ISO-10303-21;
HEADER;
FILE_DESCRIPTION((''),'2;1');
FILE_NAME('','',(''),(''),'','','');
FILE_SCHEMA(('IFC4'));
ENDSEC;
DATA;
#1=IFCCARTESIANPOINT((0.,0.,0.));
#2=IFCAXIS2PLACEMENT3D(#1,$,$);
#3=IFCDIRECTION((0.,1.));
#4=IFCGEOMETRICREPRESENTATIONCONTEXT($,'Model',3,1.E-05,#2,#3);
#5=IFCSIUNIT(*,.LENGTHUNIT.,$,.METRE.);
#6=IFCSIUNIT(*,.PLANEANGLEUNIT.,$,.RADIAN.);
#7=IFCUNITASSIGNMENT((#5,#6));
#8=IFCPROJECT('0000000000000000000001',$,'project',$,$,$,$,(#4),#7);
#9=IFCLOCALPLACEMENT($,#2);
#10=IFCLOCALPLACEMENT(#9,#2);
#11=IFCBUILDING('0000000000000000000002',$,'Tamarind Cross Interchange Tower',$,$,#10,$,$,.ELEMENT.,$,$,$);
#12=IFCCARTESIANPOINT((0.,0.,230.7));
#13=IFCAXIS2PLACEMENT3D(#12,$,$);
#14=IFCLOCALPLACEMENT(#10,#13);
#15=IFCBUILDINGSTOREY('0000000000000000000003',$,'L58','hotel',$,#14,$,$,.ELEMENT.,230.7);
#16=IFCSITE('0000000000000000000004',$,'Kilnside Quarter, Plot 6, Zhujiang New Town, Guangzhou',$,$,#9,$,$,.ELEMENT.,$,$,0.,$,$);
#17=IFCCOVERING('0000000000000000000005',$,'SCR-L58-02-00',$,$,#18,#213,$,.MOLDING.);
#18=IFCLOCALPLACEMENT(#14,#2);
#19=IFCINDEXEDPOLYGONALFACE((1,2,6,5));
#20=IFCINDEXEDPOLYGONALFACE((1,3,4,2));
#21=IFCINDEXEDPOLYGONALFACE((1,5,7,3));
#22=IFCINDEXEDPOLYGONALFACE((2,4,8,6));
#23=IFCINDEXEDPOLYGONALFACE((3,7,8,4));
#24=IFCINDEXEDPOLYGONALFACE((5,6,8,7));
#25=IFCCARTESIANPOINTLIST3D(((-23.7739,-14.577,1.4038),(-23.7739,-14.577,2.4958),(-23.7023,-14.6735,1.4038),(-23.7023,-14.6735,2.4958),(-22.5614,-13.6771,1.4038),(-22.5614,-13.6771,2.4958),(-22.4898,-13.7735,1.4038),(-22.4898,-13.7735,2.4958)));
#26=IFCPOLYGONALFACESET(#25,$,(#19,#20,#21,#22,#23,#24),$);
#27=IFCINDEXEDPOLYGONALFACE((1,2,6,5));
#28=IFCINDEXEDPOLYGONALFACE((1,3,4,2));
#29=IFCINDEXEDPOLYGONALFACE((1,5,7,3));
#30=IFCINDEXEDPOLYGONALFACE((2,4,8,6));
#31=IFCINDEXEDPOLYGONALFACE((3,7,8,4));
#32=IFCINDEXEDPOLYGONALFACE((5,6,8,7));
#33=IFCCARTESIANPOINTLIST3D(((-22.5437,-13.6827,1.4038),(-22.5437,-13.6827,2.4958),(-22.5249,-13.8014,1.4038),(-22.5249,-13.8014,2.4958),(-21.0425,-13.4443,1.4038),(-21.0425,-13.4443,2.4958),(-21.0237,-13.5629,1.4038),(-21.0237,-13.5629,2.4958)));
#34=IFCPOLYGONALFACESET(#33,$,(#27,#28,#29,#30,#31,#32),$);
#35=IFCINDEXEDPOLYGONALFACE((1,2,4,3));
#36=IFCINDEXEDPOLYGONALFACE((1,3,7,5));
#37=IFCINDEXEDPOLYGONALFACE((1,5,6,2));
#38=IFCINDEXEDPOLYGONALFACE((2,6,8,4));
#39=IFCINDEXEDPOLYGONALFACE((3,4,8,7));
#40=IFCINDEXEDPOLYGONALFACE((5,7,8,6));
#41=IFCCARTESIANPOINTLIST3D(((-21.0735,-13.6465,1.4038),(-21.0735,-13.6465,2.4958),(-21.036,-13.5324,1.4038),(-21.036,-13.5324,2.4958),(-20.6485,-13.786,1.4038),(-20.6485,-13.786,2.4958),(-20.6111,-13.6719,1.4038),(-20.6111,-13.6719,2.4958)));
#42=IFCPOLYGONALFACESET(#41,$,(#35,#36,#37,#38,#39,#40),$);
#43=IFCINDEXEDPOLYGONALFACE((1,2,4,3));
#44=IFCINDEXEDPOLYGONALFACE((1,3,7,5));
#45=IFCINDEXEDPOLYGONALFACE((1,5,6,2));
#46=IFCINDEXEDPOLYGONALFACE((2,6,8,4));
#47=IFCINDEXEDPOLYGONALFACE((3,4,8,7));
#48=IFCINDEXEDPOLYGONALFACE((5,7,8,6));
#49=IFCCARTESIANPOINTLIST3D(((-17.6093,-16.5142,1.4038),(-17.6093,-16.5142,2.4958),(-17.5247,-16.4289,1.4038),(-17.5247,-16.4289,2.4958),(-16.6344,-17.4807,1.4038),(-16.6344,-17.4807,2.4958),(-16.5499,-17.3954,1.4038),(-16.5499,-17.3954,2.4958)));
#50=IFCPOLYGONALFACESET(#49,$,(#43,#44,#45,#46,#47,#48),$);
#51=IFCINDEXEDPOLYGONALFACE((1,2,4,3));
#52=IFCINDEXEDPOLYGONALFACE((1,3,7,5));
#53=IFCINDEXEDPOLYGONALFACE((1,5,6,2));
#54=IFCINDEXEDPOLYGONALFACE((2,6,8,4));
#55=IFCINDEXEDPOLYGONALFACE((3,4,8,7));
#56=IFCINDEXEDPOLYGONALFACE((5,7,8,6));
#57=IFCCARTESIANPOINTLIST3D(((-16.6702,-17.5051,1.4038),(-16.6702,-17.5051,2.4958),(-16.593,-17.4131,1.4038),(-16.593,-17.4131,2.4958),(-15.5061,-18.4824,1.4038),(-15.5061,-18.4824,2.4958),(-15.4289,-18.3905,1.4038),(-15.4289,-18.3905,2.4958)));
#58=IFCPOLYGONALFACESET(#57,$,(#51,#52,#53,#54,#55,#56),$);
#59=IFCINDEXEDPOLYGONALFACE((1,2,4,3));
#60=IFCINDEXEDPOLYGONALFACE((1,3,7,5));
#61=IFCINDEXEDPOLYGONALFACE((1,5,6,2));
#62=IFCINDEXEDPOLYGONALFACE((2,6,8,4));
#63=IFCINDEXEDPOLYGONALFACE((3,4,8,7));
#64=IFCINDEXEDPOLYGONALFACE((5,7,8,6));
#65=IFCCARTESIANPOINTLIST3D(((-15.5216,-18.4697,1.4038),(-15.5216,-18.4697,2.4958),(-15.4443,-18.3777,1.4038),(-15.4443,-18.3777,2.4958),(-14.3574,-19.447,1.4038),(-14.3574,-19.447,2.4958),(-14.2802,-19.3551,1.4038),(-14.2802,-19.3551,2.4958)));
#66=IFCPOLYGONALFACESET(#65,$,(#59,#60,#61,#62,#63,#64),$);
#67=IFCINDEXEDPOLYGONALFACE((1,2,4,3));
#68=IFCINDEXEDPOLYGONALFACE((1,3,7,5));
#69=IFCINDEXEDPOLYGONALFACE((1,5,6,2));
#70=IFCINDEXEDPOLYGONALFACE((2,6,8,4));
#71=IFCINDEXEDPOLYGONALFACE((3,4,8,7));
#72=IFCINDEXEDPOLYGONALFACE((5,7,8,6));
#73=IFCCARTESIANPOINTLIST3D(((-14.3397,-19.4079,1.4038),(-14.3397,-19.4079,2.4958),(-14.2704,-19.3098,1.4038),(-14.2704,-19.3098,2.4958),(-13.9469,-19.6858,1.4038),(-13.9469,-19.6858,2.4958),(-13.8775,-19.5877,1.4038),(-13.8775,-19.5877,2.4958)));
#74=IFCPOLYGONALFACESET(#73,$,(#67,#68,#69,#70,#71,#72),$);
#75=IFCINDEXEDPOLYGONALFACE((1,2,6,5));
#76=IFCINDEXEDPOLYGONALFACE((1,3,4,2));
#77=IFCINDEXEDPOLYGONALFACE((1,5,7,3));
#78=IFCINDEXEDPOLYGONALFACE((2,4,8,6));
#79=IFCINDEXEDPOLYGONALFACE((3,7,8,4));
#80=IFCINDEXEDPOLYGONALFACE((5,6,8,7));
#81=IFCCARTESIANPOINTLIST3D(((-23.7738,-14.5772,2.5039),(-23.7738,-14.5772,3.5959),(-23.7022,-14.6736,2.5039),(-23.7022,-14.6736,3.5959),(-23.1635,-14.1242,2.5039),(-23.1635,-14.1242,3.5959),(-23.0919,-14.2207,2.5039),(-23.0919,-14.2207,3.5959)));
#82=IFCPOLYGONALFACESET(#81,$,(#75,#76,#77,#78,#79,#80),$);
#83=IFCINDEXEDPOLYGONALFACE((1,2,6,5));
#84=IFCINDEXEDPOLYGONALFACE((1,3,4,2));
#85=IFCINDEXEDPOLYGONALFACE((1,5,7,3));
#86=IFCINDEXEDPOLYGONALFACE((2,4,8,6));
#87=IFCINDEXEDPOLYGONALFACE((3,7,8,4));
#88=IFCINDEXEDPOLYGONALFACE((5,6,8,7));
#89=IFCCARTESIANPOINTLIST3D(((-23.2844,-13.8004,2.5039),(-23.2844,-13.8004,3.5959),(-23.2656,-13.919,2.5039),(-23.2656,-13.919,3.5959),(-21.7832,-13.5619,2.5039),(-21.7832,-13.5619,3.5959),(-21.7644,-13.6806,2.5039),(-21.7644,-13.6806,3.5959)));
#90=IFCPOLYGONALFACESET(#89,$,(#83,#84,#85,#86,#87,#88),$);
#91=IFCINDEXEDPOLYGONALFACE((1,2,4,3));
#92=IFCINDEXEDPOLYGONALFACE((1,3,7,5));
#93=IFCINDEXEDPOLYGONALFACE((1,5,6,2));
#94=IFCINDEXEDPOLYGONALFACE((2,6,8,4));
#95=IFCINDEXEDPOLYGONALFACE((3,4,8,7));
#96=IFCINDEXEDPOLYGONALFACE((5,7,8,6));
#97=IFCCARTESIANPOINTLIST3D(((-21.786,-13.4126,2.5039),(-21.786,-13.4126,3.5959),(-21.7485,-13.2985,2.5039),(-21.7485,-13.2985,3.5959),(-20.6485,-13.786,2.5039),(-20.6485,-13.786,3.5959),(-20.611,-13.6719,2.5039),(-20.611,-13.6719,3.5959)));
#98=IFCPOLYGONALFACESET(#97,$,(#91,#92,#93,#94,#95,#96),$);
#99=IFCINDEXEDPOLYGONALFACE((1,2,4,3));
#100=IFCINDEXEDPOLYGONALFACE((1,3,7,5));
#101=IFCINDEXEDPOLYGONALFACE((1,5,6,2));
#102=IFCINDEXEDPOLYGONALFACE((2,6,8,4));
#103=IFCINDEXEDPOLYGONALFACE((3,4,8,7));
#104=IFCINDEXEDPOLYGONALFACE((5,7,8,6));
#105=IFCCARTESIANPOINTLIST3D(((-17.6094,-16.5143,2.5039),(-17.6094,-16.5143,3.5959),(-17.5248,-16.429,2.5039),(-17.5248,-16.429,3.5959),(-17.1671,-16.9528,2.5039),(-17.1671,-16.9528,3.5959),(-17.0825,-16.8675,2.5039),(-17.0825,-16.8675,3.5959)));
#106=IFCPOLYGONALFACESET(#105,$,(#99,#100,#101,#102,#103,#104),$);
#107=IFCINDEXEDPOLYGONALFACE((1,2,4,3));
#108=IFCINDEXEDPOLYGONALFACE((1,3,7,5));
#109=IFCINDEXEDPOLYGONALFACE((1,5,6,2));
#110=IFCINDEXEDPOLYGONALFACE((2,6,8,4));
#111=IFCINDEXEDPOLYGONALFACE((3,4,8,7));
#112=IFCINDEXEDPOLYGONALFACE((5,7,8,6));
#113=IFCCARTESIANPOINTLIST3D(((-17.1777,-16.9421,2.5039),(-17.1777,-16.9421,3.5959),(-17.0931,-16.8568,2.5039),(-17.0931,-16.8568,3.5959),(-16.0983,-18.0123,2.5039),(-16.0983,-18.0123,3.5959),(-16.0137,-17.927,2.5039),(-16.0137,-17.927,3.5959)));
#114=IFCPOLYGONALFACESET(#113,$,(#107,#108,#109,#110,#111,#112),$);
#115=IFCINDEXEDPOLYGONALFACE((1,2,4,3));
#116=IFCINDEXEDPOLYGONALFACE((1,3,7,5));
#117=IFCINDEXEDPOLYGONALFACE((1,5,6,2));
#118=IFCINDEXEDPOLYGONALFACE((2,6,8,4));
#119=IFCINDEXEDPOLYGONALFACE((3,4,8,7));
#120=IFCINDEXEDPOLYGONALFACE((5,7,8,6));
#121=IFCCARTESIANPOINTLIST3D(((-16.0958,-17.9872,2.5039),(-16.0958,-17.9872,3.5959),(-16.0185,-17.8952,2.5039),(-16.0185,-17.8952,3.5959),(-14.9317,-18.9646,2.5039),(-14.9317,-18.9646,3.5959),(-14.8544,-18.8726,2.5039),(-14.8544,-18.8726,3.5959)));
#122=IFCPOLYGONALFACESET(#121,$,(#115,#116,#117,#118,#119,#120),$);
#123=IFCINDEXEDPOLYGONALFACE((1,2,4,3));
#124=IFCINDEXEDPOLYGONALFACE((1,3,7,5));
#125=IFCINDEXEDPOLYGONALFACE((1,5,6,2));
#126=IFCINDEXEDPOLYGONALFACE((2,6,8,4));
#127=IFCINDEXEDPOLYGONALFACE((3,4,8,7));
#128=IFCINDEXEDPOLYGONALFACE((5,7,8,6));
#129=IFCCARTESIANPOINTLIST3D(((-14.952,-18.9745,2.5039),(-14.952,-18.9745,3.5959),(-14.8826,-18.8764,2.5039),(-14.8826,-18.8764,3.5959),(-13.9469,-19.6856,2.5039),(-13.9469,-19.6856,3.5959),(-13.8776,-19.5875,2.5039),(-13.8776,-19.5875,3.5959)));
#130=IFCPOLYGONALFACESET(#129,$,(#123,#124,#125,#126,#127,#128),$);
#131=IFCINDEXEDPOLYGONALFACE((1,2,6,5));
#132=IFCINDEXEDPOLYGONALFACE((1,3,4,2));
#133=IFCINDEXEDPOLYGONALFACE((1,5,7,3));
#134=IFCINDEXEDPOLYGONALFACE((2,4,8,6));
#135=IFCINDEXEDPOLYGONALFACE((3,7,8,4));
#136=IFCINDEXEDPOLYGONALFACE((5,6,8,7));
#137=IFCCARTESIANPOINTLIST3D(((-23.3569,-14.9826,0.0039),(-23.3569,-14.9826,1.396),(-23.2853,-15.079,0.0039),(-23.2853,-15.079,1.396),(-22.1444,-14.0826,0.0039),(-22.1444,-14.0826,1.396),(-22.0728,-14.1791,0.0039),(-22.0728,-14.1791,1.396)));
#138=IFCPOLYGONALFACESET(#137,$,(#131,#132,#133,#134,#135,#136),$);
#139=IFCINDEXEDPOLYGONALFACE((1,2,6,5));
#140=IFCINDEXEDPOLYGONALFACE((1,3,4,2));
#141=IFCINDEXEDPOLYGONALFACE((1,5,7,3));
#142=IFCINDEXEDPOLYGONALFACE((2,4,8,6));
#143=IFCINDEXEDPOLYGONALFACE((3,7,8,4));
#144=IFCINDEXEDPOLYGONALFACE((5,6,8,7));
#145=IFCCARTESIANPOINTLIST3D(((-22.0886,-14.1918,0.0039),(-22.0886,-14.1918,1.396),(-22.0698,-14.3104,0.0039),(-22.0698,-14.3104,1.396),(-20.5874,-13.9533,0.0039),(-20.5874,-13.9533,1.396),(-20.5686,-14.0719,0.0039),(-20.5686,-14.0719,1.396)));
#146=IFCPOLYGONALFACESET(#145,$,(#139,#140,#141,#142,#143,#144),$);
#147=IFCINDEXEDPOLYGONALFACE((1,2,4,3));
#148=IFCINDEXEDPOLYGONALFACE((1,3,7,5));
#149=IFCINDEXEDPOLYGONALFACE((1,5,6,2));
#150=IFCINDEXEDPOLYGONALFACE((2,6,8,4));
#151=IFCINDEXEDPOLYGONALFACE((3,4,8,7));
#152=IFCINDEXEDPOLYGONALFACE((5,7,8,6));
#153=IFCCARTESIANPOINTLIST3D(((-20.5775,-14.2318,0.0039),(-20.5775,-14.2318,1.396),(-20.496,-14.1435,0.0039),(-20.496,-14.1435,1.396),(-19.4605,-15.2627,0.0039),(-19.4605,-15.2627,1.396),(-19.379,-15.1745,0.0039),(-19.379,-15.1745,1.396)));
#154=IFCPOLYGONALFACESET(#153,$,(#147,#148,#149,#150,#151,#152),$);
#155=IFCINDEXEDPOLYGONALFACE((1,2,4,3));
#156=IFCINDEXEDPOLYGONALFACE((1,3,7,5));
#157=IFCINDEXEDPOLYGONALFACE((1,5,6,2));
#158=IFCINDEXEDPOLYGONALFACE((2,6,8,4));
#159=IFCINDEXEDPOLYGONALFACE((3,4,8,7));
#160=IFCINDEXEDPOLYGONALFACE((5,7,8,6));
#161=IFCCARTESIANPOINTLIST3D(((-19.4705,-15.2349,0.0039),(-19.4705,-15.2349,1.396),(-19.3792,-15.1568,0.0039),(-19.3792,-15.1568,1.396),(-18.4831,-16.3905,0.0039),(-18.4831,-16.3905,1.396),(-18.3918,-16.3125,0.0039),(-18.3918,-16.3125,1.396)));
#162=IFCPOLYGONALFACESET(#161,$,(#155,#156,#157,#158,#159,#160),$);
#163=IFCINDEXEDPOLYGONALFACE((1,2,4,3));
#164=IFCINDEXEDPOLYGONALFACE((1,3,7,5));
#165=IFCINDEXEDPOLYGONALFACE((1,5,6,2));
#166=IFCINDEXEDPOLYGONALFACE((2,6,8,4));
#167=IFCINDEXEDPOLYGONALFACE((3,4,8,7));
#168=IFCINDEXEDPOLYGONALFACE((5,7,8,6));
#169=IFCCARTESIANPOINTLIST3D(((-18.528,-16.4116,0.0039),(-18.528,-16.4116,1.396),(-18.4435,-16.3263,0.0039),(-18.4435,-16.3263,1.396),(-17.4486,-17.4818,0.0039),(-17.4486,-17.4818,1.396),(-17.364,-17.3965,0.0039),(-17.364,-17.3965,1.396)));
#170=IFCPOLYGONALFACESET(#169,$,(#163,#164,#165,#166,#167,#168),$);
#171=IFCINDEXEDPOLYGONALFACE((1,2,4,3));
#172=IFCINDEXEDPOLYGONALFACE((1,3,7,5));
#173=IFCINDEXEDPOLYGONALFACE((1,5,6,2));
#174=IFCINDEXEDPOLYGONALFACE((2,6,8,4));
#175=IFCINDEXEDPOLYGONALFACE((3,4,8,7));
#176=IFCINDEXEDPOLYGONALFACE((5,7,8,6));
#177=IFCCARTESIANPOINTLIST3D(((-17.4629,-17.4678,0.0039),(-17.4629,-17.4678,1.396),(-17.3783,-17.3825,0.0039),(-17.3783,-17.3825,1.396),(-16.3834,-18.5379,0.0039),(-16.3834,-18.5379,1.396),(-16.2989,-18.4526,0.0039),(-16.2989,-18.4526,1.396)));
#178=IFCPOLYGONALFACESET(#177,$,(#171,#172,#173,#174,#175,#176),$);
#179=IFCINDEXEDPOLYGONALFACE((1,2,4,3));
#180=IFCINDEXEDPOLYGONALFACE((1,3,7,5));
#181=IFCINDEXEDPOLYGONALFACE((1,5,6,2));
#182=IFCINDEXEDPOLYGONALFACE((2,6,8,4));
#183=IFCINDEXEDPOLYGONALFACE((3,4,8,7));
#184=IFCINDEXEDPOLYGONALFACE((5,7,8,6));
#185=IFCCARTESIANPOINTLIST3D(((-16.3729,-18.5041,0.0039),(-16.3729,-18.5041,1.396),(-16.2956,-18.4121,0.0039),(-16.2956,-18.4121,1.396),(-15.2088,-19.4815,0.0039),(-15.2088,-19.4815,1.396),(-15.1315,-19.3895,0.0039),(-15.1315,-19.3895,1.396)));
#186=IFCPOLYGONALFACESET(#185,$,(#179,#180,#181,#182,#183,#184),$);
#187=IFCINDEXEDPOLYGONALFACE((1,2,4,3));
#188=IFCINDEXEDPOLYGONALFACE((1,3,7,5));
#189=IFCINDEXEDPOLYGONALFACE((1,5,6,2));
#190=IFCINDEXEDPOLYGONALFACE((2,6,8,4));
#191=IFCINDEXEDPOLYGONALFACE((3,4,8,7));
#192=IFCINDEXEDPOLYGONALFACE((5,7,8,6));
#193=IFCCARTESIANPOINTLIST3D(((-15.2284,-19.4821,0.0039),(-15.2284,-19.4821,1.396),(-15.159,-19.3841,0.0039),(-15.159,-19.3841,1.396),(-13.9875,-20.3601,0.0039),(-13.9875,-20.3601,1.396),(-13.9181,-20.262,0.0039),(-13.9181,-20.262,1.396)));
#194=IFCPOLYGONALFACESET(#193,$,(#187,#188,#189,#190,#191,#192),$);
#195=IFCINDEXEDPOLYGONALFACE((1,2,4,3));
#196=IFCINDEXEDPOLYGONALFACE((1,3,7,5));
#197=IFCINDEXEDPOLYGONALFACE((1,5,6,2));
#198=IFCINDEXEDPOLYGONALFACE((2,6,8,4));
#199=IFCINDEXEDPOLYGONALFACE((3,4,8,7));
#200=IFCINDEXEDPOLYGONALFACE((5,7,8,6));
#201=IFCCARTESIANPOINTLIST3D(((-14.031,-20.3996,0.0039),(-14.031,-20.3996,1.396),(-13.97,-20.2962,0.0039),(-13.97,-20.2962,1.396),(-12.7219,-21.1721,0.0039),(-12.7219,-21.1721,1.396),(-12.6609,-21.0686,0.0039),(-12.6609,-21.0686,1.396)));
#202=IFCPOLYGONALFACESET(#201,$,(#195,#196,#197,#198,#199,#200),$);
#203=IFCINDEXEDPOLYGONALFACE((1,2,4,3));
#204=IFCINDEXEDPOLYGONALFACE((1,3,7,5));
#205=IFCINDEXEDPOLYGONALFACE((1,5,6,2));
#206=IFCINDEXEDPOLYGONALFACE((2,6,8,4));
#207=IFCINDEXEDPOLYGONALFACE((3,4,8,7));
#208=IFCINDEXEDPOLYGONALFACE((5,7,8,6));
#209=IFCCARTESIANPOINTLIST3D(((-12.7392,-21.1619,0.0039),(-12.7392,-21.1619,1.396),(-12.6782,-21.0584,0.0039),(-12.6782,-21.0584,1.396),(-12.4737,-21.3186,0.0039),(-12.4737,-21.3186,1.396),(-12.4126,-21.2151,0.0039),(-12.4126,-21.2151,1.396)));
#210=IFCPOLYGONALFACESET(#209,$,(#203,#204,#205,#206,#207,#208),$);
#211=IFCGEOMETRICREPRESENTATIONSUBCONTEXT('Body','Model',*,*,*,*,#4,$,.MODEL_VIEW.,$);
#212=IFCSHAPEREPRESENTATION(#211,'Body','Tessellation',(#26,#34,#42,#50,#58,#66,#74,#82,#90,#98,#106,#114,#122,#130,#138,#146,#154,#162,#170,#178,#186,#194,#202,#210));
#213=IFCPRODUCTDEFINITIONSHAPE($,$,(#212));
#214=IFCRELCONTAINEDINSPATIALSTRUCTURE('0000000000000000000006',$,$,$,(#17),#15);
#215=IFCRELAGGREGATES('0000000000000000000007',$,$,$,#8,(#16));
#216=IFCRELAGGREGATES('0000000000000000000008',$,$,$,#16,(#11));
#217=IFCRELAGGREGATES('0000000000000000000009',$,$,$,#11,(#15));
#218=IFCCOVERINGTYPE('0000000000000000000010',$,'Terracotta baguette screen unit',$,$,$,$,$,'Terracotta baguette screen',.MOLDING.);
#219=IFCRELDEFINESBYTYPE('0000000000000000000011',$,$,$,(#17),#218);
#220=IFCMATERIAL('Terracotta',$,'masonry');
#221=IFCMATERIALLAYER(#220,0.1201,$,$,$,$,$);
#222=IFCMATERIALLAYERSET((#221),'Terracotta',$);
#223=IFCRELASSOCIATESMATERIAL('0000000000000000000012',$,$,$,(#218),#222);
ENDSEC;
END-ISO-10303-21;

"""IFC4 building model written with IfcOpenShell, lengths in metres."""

from ifc_helpers import new_model, si_unit, direction, frame, origin, origin_2d, place, context, subcontext, project, spatial, rectangle, extrude, material, layer, layer_set, type_object, element, save


model = new_model("IFC4")

# Units and contexts
model_context = context("Model", 3, precision=1e-05, world=origin(), true_north=direction((0.0, 1.0)))
body_context = subcontext(model_context, "Body", "Model", "MODEL_VIEW")
ifc_project = project(units=[si_unit("LENGTHUNIT", "METRE"), si_unit("PLANEANGLEUNIT", "RADIAN")], contexts=[model_context])

# Site, building, storey
site_placement = place(None, origin())
site = spatial("IfcSite", under=ifc_project, at=site_placement, Name="Kilnside Quarter, Plot 6, Zhujiang New Town, Guangzhou", CompositionType="ELEMENT", RefElevation=0.0)
building_placement = place(site_placement, origin())
building = spatial("IfcBuilding", under=site, at=building_placement, Name="Tamarind Cross Interchange Tower", CompositionType="ELEMENT")
storey_placement = place(building_placement, frame((0.0, 0.0, 230.7)))
storey = spatial("IfcBuildingStorey", under=building, at=storey_placement, Name="L58", Description="hotel", CompositionType="ELEMENT", Elevation=230.7)

# Covering
ifc_material_1 = material(Name="Terracotta", Category="masonry")
ifc_layer_1 = layer(ifc_material_1, 0.1201)
ifc_layer_set_1 = layer_set([ifc_layer_1], Name="Terracotta")
covering_type = type_object("IfcCoveringType", Name="Terracotta baguette screen unit", ElementType="Terracotta baguette screen", PredefinedType="MOLDING", material=ifc_layer_set_1)
covering_1_placement = place(storey_placement, origin())
element("IfcCovering", 1, at=covering_1_placement, inside=storey, type_object=covering_type, Name="SCR-L58-02-00", PredefinedType="MOLDING", context=body_context, shape_type="SweptSolid", body=[
    extrude(rectangle(XDim=1.51, YDim=0.1201, at=origin_2d()), frame((-23.1318, -14.1753, 1.4038), z_axis=(0.0, 0.0, 1.0), x_axis=(0.802985, 0.595999, 0.0)), (0.0, 0.0, 1.0), 1.092),
    extrude(rectangle(XDim=1.52, YDim=0.1201, at=origin_2d()), frame((-21.7837, -13.6228, 1.4038), z_axis=(0.0, 0.0, 1.0), x_axis=(0.987617, 0.156885, 0.0)), (0.0, 0.0, 1.0), 1.092),
    extrude(rectangle(XDim=0.4473, YDim=0.1201, at=origin_2d()), frame((-20.8423, -13.6592, 1.4038), z_axis=(0.0, 0.0, 1.0), x_axis=(0.95011, -0.311915, 0.0)), (0.0, 0.0, 1.0), 1.092),
    extrude(rectangle(XDim=1.3728, YDim=0.1201, at=origin_2d()), frame((-17.0796, -16.9548, 1.4038), z_axis=(0.0, 0.0, 1.0), x_axis=(0.710143, -0.704057, 0.0)), (0.0, 0.0, 1.0), 1.092),
    extrude(rectangle(XDim=1.52, YDim=0.1201, at=origin_2d()), frame((-16.0496, -17.9478, 1.4038), z_axis=(0.0, 0.0, 1.0), x_axis=(0.765858, -0.643009, 0.0)), (0.0, 0.0, 1.0), 1.092),
    extrude(rectangle(XDim=1.52, YDim=0.1201, at=origin_2d()), frame((-14.9009, -18.9124, 1.4038), z_axis=(0.0, 0.0, 1.0), x_axis=(0.765858, -0.643009, 0.0)), (0.0, 0.0, 1.0), 1.092),
    extrude(rectangle(XDim=0.4812, YDim=0.1201, at=origin_2d()), frame((-14.1086, -19.4978, 1.4038), z_axis=(0.0, 0.0, 1.0), x_axis=(0.816342, -0.577569, 0.0)), (0.0, 0.0, 1.0), 1.092),
    extrude(rectangle(XDim=0.76, YDim=0.1201, at=origin_2d()), frame((-23.4329, -14.3989, 2.5039), z_axis=(0.0, 0.0, 1.0), x_axis=(0.802985, 0.595999, 0.0)), (0.0, 0.0, 1.0), 1.092),
    extrude(rectangle(XDim=1.52, YDim=0.1201, at=origin_2d()), frame((-22.5244, -13.7405, 2.5039), z_axis=(0.0, 0.0, 1.0), x_axis=(0.987617, 0.156885, 0.0)), (0.0, 0.0, 1.0), 1.092),
    extrude(rectangle(XDim=1.1973, YDim=0.1201, at=origin_2d()), frame((-21.1985, -13.5422, 2.5039), z_axis=(0.0, 0.0, 1.0), x_axis=(0.95011, -0.311915, 0.0)), (0.0, 0.0, 1.0), 1.092),
    extrude(rectangle(XDim=0.6228, YDim=0.1201, at=origin_2d()), frame((-17.3459, -16.6909, 2.5039), z_axis=(0.0, 0.0, 1.0), x_axis=(0.710143, -0.704057, 0.0)), (0.0, 0.0, 1.0), 1.092),
    extrude(rectangle(XDim=1.52, YDim=0.1201, at=origin_2d()), frame((-16.5957, -17.4346, 2.5039), z_axis=(0.0, 0.0, 1.0), x_axis=(0.710143, -0.704057, 0.0)), (0.0, 0.0, 1.0), 1.092),
    extrude(rectangle(XDim=1.52, YDim=0.1201, at=origin_2d()), frame((-15.4751, -18.4299, 2.5039), z_axis=(0.0, 0.0, 1.0), x_axis=(0.765858, -0.643009, 0.0)), (0.0, 0.0, 1.0), 1.092),
    extrude(rectangle(XDim=1.2312, YDim=0.1201, at=origin_2d()), frame((-14.4148, -19.281, 2.5039), z_axis=(0.0, 0.0, 1.0), x_axis=(0.816342, -0.577569, 0.0)), (0.0, 0.0, 1.0), 1.092),
    extrude(rectangle(XDim=1.51, YDim=0.1201, at=origin_2d()), frame((-22.7148, -14.5808, 0.0039), z_axis=(0.0, 0.0, 1.0), x_axis=(0.802985, 0.595999, 0.0)), (0.0, 0.0, 1.0), 1.3921),
    extrude(rectangle(XDim=1.52, YDim=0.1201, at=origin_2d()), frame((-21.3286, -14.1318, 0.0039), z_axis=(0.0, 0.0, 1.0), x_axis=(0.987617, 0.156885, 0.0)), (0.0, 0.0, 1.0), 1.3921),
    extrude(rectangle(XDim=1.52, YDim=0.1201, at=origin_2d()), frame((-19.9783, -14.7031, 0.0039), z_axis=(0.0, 0.0, 1.0), x_axis=(0.734845, -0.678235, 0.0)), (0.0, 0.0, 1.0), 1.3921),
    extrude(rectangle(XDim=1.52, YDim=0.1201, at=origin_2d()), frame((-18.9312, -15.7737, 0.0039), z_axis=(0.0, 0.0, 1.0), x_axis=(0.649577, -0.760296, 0.0)), (0.0, 0.0, 1.0), 1.3921),
    extrude(rectangle(XDim=1.52, YDim=0.1201, at=origin_2d()), frame((-17.946, -16.9041, 0.0039), z_axis=(0.0, 0.0, 1.0), x_axis=(0.710143, -0.704057, 0.0)), (0.0, 0.0, 1.0), 1.3921),
    extrude(rectangle(XDim=1.52, YDim=0.1201, at=origin_2d()), frame((-16.8809, -17.9602, 0.0039), z_axis=(0.0, 0.0, 1.0), x_axis=(0.710143, -0.704057, 0.0)), (0.0, 0.0, 1.0), 1.3921),
    extrude(rectangle(XDim=1.52, YDim=0.1201, at=origin_2d()), frame((-15.7522, -18.9468, 0.0039), z_axis=(0.0, 0.0, 1.0), x_axis=(0.765858, -0.643009, 0.0)), (0.0, 0.0, 1.0), 1.3921),
    extrude(rectangle(XDim=1.52, YDim=0.1201, at=origin_2d()), frame((-14.5732, -19.8721, 0.0039), z_axis=(0.0, 0.0, 1.0), x_axis=(0.816342, -0.577569, 0.0)), (0.0, 0.0, 1.0), 1.3921),
    extrude(rectangle(XDim=1.52, YDim=0.1201, at=origin_2d()), frame((-13.3459, -20.7341, 0.0039), z_axis=(0.0, 0.0, 1.0), x_axis=(0.861249, -0.508183, 0.0)), (0.0, 0.0, 1.0), 1.3921),
    extrude(rectangle(XDim=0.3083, YDim=0.1201, at=origin_2d()), frame((-12.5759, -21.1885, 0.0039), z_axis=(0.0, 0.0, 1.0), x_axis=(0.861249, -0.508183, 0.0)), (0.0, 0.0, 1.0), 1.3921),
])

save(model, "model.ifc")
